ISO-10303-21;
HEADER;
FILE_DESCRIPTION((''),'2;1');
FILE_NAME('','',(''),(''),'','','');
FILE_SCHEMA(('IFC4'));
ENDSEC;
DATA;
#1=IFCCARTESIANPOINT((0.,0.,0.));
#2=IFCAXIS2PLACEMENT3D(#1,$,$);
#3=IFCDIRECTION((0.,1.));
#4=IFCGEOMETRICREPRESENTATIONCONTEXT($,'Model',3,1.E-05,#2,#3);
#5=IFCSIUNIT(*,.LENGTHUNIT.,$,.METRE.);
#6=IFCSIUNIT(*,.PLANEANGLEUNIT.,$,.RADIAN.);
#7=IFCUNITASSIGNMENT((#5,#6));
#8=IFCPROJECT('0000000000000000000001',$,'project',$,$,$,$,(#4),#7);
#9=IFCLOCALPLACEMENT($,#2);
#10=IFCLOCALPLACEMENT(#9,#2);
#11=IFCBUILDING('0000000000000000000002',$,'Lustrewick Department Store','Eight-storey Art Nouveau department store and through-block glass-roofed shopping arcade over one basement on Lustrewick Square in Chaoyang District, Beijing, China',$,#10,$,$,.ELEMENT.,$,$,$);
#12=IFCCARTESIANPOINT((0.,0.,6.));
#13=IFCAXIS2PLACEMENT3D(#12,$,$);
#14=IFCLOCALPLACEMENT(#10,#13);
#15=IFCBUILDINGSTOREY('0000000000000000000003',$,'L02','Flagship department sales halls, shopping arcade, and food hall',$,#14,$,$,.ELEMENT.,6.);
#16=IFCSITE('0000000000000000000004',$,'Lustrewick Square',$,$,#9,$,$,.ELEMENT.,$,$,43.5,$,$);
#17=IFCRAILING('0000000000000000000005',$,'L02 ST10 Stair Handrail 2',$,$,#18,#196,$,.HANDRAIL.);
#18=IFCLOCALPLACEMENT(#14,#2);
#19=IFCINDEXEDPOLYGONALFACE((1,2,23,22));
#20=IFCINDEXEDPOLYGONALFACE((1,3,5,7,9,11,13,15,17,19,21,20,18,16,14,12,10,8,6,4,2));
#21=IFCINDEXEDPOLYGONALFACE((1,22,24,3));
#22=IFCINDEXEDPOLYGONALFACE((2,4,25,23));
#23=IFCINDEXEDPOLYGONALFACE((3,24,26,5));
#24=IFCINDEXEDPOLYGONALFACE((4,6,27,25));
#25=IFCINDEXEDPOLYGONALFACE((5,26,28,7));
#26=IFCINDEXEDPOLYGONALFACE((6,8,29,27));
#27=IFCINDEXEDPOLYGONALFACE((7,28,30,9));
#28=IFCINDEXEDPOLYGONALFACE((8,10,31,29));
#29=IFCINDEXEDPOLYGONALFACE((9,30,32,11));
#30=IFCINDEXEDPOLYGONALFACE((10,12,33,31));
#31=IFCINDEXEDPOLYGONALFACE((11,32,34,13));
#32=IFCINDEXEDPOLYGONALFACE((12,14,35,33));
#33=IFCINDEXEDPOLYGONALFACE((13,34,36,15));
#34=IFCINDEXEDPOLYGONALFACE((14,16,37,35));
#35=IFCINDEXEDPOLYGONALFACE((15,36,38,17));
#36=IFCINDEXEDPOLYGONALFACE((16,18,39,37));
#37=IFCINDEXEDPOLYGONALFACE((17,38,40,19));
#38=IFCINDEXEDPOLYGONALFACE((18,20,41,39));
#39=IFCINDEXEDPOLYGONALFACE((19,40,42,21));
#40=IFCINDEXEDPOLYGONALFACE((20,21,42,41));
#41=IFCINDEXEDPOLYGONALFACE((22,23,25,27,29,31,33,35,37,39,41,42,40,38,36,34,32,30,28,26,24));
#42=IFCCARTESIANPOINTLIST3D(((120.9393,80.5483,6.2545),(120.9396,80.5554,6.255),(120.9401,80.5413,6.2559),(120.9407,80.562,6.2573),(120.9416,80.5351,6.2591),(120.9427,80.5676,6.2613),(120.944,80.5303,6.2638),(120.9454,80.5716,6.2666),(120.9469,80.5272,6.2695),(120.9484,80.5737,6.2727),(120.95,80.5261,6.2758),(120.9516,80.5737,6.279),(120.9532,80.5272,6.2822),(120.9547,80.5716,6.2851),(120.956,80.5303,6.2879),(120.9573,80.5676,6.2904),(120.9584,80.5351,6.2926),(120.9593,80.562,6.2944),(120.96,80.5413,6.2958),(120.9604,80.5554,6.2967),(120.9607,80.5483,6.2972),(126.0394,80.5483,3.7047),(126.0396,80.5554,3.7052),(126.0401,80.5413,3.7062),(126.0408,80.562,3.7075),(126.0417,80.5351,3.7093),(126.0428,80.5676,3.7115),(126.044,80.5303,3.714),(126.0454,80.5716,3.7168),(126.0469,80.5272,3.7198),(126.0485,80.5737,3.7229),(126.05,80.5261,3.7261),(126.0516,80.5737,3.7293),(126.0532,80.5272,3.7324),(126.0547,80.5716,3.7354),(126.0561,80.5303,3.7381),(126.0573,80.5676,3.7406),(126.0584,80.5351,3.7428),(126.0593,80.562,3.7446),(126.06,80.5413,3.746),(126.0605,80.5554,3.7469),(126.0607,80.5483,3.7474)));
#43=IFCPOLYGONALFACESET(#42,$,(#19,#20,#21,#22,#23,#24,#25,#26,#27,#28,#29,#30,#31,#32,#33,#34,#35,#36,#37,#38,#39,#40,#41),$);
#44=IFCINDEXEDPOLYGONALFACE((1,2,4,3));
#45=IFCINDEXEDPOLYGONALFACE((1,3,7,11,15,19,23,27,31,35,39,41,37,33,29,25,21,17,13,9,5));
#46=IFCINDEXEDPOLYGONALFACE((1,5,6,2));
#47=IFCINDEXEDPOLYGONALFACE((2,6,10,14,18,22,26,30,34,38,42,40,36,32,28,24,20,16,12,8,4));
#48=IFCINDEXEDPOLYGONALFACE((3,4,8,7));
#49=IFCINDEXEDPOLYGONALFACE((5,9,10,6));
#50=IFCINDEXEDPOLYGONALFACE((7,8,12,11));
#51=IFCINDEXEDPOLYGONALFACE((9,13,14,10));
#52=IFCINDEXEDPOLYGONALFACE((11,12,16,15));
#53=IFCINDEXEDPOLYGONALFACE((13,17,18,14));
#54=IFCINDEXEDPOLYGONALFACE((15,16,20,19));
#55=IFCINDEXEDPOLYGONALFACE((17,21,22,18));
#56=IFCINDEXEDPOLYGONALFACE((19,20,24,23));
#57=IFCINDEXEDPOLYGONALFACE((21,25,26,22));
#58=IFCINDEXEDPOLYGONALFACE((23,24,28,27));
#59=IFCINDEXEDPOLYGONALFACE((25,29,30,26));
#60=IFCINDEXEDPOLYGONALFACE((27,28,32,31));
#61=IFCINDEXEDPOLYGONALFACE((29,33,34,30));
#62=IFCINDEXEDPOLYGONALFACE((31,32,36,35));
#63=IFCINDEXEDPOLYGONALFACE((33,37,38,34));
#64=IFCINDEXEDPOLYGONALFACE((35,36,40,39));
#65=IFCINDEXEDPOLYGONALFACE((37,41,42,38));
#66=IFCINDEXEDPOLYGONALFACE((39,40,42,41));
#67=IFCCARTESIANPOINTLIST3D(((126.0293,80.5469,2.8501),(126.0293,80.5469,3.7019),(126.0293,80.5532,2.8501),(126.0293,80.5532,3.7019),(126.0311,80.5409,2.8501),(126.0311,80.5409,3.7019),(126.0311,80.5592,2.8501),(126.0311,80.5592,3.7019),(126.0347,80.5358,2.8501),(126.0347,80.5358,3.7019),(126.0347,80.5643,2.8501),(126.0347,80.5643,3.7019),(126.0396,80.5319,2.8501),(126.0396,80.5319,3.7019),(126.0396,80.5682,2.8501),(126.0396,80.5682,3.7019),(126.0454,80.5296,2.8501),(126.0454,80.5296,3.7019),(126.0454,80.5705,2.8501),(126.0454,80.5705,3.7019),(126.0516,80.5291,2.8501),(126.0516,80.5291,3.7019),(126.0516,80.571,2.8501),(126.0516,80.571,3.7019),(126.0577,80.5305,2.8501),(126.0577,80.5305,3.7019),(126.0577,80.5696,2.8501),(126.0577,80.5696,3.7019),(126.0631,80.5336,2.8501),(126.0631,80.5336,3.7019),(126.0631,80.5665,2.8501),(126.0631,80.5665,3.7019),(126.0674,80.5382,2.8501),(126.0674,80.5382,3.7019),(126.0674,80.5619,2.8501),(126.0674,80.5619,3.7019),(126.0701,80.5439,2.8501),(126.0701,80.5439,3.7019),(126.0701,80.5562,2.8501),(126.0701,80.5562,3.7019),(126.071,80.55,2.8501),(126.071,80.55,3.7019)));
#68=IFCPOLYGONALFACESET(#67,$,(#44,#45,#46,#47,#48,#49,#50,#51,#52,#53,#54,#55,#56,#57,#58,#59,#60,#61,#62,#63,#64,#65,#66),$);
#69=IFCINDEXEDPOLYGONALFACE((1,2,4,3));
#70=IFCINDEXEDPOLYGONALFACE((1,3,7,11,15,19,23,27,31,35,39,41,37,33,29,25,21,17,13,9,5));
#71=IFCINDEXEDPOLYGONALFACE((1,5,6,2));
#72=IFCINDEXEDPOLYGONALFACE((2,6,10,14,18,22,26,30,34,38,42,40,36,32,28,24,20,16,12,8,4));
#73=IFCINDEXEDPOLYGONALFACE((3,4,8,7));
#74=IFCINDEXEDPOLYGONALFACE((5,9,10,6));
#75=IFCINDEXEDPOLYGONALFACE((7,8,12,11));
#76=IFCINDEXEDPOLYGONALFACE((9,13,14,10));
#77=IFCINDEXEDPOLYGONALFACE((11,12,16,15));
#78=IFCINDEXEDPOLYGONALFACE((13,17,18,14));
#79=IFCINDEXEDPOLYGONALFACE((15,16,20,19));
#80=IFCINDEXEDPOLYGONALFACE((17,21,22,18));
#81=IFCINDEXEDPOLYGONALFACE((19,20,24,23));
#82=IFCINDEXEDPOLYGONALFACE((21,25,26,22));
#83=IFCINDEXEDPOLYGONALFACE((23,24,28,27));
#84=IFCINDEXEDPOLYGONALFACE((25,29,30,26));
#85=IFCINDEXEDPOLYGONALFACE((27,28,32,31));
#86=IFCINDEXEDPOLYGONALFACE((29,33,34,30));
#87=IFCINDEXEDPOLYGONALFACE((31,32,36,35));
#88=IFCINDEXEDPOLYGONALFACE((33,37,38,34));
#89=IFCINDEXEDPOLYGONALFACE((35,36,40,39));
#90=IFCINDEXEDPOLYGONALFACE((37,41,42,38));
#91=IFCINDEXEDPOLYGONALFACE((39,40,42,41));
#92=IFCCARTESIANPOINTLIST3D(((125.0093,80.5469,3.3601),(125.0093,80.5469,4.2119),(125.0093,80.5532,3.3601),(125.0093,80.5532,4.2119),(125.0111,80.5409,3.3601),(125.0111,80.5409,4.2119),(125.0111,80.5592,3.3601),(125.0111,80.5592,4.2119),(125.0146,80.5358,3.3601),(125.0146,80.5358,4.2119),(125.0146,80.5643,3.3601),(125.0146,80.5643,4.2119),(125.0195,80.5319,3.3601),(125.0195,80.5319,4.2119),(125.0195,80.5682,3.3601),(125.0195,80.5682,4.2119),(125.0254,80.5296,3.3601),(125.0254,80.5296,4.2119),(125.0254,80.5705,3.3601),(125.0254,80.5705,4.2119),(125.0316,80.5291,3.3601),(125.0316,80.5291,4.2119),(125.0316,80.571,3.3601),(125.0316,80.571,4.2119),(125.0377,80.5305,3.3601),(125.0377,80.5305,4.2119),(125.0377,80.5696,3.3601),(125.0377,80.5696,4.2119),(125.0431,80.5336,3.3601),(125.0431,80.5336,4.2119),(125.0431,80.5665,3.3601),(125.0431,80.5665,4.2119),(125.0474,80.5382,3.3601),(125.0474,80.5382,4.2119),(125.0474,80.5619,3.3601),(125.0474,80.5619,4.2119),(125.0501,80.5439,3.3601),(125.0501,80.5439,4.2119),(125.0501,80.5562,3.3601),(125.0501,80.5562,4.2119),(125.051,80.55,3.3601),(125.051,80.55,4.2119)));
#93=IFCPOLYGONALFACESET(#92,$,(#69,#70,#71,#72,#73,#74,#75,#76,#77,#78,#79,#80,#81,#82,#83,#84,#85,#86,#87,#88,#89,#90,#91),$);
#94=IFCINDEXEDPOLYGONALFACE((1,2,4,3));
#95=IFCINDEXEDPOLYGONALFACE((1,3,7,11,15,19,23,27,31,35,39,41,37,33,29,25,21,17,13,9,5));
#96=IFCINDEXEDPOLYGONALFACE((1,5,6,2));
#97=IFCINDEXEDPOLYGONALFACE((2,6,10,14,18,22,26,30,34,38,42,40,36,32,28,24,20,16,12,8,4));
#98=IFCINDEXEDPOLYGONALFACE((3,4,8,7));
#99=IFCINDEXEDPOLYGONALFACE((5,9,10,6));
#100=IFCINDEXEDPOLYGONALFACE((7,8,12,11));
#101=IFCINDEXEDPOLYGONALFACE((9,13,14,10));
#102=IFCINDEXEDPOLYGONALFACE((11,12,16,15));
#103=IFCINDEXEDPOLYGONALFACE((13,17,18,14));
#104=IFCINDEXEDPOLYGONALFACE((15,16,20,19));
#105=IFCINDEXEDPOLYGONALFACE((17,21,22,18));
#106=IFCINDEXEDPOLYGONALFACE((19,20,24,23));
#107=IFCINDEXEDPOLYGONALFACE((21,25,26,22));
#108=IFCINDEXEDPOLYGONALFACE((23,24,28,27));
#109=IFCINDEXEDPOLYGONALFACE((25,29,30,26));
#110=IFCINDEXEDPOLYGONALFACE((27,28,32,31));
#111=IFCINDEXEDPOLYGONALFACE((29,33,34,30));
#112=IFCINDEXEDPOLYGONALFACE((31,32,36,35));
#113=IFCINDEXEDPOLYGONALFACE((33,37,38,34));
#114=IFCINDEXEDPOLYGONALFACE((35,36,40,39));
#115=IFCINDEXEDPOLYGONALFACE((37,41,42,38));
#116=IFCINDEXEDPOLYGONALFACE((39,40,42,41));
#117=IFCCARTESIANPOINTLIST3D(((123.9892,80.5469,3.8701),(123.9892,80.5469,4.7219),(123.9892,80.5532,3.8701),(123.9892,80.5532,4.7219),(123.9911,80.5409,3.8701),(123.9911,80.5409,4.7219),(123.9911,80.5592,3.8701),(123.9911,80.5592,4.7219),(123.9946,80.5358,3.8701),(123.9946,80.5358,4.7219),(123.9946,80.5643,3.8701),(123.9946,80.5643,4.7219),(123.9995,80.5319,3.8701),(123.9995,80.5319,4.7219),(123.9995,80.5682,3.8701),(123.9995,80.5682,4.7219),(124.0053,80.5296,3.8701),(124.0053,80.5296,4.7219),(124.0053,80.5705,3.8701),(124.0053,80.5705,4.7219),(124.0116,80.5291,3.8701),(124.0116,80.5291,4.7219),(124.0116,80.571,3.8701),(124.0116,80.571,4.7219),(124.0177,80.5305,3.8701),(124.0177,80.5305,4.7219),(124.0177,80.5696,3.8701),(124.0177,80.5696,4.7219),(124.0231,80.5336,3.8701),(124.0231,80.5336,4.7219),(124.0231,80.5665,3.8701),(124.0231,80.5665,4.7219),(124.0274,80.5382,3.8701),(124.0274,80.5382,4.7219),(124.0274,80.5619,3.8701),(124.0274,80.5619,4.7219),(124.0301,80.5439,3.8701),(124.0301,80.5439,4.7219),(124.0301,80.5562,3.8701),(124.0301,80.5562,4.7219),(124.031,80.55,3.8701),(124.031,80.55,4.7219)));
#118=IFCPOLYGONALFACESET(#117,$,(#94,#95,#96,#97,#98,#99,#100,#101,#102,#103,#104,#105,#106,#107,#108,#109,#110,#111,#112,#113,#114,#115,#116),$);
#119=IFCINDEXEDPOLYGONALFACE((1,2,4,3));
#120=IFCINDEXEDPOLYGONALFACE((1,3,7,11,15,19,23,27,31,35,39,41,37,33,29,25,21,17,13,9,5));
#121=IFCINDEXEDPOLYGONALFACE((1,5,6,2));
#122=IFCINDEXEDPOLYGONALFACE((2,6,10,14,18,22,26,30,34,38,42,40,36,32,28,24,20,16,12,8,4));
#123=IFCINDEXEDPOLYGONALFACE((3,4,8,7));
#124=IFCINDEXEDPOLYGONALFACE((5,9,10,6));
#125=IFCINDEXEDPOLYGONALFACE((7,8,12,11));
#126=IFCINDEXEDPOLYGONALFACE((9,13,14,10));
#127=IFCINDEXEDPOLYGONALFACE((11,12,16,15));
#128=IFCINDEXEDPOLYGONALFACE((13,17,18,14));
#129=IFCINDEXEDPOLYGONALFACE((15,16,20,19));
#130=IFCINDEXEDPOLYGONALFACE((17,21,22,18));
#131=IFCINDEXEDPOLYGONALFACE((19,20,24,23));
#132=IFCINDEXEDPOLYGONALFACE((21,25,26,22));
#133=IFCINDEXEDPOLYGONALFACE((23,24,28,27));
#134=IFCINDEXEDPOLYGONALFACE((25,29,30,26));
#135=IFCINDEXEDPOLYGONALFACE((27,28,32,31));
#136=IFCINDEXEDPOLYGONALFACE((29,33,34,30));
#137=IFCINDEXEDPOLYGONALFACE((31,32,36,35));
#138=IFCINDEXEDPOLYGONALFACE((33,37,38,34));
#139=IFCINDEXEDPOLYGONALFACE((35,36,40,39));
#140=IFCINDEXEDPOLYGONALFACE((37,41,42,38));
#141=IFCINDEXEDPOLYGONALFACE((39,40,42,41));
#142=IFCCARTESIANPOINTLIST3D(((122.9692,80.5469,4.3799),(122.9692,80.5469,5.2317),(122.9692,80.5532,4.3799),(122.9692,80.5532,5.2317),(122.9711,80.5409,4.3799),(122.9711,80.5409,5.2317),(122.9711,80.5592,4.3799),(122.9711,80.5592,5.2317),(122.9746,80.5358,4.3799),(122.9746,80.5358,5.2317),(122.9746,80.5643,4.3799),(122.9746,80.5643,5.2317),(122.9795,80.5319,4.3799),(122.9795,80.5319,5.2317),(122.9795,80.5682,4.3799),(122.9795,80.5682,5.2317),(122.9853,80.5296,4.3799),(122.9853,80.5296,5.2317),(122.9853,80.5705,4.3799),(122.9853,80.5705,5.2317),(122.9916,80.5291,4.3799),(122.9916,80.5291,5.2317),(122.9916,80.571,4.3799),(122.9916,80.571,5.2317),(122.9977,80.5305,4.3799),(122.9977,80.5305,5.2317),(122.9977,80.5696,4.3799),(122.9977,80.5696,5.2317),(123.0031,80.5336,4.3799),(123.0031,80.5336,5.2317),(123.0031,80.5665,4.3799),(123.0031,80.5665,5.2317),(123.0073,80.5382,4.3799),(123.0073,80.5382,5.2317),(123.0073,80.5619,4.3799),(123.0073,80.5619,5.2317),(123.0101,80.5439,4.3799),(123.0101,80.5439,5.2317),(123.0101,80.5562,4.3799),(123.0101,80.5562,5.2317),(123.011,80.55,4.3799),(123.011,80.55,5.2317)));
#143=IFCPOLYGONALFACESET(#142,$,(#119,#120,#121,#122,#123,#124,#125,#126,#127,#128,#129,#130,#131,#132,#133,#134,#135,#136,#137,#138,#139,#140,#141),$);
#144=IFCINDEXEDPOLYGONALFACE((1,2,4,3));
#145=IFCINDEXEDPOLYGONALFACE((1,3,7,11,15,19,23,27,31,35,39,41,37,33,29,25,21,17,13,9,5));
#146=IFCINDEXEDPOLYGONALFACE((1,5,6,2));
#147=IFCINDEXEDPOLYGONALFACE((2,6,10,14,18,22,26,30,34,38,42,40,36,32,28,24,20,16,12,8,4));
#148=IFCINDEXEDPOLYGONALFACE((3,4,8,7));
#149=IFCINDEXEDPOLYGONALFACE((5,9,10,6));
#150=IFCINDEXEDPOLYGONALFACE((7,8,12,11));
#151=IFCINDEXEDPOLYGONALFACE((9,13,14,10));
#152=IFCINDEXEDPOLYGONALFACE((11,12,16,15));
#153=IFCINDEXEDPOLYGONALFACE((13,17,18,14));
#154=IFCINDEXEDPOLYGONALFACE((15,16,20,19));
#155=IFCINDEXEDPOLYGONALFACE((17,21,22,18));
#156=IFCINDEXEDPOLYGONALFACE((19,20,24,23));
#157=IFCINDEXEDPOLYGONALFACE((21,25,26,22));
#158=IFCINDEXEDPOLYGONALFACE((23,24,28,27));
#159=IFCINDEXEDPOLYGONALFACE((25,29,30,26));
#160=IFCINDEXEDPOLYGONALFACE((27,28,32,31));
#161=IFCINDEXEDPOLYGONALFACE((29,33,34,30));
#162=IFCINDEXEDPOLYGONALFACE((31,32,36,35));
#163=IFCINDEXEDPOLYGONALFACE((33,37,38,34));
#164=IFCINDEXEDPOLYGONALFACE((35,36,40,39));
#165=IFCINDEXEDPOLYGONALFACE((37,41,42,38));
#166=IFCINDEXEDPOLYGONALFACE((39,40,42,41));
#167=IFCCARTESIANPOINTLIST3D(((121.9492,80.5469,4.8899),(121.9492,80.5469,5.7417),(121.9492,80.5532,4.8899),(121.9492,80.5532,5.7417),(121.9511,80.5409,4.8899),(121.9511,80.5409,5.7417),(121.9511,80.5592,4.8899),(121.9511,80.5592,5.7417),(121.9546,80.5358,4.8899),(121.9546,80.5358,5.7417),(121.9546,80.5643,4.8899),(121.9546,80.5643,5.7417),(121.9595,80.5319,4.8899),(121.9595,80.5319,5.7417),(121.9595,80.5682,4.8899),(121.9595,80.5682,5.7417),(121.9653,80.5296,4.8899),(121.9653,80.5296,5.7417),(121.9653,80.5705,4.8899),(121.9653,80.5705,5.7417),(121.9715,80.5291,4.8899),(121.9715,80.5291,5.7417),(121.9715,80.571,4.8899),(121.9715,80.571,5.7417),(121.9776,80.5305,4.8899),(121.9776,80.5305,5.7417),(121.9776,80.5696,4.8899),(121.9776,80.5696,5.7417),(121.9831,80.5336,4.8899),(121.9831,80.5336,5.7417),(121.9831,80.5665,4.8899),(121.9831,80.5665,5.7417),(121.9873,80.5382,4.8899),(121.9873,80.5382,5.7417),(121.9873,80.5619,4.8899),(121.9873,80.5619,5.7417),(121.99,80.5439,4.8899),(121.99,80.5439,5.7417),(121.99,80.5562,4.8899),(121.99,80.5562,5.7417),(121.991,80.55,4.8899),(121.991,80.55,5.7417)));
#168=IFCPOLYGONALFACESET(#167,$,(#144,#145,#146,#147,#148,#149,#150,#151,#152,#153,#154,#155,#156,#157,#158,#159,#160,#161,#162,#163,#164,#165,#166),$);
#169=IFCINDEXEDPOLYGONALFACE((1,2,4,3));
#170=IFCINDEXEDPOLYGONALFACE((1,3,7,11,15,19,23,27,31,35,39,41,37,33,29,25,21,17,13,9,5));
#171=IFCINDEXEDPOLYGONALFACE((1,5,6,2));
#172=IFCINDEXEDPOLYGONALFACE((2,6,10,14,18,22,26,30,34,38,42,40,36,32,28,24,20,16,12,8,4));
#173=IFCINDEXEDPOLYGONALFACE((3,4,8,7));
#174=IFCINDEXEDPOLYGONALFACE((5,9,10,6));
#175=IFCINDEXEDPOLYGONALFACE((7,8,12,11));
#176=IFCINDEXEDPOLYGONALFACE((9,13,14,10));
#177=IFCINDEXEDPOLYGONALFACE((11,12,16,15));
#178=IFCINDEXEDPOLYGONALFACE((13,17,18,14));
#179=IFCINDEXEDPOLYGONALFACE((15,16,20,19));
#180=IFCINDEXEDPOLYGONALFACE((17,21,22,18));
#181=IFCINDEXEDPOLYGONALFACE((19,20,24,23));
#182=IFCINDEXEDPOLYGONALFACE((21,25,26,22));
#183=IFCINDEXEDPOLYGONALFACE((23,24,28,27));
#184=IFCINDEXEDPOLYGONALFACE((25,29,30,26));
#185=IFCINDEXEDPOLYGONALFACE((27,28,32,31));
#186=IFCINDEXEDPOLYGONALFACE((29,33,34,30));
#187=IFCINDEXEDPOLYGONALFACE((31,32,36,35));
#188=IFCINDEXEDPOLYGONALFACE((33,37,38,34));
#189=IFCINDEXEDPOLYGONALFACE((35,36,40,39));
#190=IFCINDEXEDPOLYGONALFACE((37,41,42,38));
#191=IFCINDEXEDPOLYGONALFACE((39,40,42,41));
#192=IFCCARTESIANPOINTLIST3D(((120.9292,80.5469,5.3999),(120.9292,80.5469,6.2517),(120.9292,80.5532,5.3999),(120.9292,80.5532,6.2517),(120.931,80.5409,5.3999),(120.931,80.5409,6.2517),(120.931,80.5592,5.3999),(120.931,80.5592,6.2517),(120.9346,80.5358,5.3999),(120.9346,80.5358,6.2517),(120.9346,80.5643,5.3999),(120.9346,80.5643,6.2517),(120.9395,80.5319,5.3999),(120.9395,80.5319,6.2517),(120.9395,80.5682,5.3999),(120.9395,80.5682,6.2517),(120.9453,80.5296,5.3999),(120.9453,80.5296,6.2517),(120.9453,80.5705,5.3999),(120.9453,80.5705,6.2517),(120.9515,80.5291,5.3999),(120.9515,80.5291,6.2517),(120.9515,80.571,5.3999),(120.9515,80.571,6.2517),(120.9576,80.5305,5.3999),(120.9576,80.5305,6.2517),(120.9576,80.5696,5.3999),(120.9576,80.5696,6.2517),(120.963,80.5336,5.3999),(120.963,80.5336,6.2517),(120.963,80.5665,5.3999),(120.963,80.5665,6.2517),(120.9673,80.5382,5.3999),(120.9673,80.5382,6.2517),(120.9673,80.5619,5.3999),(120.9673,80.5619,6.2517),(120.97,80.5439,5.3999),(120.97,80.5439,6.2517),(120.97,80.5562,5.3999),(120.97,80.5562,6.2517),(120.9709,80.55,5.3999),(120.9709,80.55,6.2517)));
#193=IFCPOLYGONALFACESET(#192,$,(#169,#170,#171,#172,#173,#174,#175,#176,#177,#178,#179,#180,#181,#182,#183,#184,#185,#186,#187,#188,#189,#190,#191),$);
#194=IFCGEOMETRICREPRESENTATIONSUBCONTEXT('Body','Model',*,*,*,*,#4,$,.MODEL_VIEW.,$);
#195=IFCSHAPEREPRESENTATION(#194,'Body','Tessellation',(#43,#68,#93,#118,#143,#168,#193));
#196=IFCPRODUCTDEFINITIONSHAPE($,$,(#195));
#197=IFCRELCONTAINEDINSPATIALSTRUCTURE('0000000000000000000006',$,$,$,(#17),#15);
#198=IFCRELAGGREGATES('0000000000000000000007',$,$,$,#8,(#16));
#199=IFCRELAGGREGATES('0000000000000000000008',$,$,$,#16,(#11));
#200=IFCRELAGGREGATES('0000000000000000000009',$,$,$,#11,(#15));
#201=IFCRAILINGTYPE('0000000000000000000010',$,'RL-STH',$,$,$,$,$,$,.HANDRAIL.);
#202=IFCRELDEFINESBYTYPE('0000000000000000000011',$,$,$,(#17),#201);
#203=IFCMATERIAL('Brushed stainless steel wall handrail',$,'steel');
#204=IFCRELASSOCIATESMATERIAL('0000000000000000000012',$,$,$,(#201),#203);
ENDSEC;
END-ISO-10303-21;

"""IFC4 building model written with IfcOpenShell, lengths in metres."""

from ifc_helpers import new_model, si_unit, direction, frame, origin, origin_2d, place, context, subcontext, project, spatial, circle, extrude, material, type_object, element, save


model = new_model("IFC4")

# Units and contexts
model_context = context("Model", 3, precision=1e-05, world=origin(), true_north=direction((0.0, 1.0)))
body_context = subcontext(model_context, "Body", "Model", "MODEL_VIEW")
ifc_project = project(units=[si_unit("LENGTHUNIT", "METRE"), si_unit("PLANEANGLEUNIT", "RADIAN")], contexts=[model_context])

# Site, building, storey
site_placement = place(None, origin())
site = spatial("IfcSite", under=ifc_project, at=site_placement, Name="Lustrewick Square", CompositionType="ELEMENT", RefElevation=43.5)
building_placement = place(site_placement, origin())
building = spatial("IfcBuilding", under=site, at=building_placement, Name="Lustrewick Department Store", Description="Eight-storey Art Nouveau department store and through-block glass-roofed shopping arcade over one basement on Lustrewick Square in Chaoyang District, Beijing, China", CompositionType="ELEMENT")
storey_placement = place(building_placement, frame((0.0, 0.0, 6.0)))
storey = spatial("IfcBuildingStorey", under=building, at=storey_placement, Name="L02", Description="Flagship department sales halls, shopping arcade, and food hall", CompositionType="ELEMENT", Elevation=6.0)

# Railing
ifc_material_1 = material(Name="Brushed stainless steel wall handrail", Category="steel")
railing_type_1 = type_object("IfcRailingType", Name="RL-STH", PredefinedType="HANDRAIL", material=ifc_material_1)
railing_1_placement = place(storey_placement, frame((126.05, 80.55, 2.8501)))
element("IfcRailing", 1, at=railing_1_placement, inside=storey, type_object=railing_type_1, Name="L02 ST10 Stair Handrail 2", PredefinedType="HANDRAIL", context=body_context, shape_type="SweptSolid", body=[
    extrude(circle(Radius=0.0239, at=origin_2d()), frame((0.0, 0.0, 0.876), z_axis=(-0.894444, 0.0, 0.447179), x_axis=(0.0, -1.0, 0.0)), (0.0, 0.0, 1.0), 5.7019),
    extrude(circle(Radius=0.021, at=origin_2d()), origin(), (0.0, 0.0, 1.0), 0.8518),
    extrude(circle(Radius=0.021, at=origin_2d()), frame((-1.02, 0.0, 0.51)), (0.0, 0.0, 1.0), 0.8518),
    extrude(circle(Radius=0.021, at=origin_2d()), frame((-2.04, 0.0, 1.02)), (0.0, 0.0, 1.0), 0.8518),
    extrude(circle(Radius=0.021, at=origin_2d()), frame((-3.0601, 0.0, 1.5298)), (0.0, 0.0, 1.0), 0.8518),
    extrude(circle(Radius=0.021, at=origin_2d()), frame((-4.0801, 0.0, 2.0398)), (0.0, 0.0, 1.0), 0.8518),
    extrude(circle(Radius=0.021, at=origin_2d()), frame((-5.1001, 0.0, 2.5498)), (0.0, 0.0, 1.0), 0.8518),
])

save(model, "model.ifc")
